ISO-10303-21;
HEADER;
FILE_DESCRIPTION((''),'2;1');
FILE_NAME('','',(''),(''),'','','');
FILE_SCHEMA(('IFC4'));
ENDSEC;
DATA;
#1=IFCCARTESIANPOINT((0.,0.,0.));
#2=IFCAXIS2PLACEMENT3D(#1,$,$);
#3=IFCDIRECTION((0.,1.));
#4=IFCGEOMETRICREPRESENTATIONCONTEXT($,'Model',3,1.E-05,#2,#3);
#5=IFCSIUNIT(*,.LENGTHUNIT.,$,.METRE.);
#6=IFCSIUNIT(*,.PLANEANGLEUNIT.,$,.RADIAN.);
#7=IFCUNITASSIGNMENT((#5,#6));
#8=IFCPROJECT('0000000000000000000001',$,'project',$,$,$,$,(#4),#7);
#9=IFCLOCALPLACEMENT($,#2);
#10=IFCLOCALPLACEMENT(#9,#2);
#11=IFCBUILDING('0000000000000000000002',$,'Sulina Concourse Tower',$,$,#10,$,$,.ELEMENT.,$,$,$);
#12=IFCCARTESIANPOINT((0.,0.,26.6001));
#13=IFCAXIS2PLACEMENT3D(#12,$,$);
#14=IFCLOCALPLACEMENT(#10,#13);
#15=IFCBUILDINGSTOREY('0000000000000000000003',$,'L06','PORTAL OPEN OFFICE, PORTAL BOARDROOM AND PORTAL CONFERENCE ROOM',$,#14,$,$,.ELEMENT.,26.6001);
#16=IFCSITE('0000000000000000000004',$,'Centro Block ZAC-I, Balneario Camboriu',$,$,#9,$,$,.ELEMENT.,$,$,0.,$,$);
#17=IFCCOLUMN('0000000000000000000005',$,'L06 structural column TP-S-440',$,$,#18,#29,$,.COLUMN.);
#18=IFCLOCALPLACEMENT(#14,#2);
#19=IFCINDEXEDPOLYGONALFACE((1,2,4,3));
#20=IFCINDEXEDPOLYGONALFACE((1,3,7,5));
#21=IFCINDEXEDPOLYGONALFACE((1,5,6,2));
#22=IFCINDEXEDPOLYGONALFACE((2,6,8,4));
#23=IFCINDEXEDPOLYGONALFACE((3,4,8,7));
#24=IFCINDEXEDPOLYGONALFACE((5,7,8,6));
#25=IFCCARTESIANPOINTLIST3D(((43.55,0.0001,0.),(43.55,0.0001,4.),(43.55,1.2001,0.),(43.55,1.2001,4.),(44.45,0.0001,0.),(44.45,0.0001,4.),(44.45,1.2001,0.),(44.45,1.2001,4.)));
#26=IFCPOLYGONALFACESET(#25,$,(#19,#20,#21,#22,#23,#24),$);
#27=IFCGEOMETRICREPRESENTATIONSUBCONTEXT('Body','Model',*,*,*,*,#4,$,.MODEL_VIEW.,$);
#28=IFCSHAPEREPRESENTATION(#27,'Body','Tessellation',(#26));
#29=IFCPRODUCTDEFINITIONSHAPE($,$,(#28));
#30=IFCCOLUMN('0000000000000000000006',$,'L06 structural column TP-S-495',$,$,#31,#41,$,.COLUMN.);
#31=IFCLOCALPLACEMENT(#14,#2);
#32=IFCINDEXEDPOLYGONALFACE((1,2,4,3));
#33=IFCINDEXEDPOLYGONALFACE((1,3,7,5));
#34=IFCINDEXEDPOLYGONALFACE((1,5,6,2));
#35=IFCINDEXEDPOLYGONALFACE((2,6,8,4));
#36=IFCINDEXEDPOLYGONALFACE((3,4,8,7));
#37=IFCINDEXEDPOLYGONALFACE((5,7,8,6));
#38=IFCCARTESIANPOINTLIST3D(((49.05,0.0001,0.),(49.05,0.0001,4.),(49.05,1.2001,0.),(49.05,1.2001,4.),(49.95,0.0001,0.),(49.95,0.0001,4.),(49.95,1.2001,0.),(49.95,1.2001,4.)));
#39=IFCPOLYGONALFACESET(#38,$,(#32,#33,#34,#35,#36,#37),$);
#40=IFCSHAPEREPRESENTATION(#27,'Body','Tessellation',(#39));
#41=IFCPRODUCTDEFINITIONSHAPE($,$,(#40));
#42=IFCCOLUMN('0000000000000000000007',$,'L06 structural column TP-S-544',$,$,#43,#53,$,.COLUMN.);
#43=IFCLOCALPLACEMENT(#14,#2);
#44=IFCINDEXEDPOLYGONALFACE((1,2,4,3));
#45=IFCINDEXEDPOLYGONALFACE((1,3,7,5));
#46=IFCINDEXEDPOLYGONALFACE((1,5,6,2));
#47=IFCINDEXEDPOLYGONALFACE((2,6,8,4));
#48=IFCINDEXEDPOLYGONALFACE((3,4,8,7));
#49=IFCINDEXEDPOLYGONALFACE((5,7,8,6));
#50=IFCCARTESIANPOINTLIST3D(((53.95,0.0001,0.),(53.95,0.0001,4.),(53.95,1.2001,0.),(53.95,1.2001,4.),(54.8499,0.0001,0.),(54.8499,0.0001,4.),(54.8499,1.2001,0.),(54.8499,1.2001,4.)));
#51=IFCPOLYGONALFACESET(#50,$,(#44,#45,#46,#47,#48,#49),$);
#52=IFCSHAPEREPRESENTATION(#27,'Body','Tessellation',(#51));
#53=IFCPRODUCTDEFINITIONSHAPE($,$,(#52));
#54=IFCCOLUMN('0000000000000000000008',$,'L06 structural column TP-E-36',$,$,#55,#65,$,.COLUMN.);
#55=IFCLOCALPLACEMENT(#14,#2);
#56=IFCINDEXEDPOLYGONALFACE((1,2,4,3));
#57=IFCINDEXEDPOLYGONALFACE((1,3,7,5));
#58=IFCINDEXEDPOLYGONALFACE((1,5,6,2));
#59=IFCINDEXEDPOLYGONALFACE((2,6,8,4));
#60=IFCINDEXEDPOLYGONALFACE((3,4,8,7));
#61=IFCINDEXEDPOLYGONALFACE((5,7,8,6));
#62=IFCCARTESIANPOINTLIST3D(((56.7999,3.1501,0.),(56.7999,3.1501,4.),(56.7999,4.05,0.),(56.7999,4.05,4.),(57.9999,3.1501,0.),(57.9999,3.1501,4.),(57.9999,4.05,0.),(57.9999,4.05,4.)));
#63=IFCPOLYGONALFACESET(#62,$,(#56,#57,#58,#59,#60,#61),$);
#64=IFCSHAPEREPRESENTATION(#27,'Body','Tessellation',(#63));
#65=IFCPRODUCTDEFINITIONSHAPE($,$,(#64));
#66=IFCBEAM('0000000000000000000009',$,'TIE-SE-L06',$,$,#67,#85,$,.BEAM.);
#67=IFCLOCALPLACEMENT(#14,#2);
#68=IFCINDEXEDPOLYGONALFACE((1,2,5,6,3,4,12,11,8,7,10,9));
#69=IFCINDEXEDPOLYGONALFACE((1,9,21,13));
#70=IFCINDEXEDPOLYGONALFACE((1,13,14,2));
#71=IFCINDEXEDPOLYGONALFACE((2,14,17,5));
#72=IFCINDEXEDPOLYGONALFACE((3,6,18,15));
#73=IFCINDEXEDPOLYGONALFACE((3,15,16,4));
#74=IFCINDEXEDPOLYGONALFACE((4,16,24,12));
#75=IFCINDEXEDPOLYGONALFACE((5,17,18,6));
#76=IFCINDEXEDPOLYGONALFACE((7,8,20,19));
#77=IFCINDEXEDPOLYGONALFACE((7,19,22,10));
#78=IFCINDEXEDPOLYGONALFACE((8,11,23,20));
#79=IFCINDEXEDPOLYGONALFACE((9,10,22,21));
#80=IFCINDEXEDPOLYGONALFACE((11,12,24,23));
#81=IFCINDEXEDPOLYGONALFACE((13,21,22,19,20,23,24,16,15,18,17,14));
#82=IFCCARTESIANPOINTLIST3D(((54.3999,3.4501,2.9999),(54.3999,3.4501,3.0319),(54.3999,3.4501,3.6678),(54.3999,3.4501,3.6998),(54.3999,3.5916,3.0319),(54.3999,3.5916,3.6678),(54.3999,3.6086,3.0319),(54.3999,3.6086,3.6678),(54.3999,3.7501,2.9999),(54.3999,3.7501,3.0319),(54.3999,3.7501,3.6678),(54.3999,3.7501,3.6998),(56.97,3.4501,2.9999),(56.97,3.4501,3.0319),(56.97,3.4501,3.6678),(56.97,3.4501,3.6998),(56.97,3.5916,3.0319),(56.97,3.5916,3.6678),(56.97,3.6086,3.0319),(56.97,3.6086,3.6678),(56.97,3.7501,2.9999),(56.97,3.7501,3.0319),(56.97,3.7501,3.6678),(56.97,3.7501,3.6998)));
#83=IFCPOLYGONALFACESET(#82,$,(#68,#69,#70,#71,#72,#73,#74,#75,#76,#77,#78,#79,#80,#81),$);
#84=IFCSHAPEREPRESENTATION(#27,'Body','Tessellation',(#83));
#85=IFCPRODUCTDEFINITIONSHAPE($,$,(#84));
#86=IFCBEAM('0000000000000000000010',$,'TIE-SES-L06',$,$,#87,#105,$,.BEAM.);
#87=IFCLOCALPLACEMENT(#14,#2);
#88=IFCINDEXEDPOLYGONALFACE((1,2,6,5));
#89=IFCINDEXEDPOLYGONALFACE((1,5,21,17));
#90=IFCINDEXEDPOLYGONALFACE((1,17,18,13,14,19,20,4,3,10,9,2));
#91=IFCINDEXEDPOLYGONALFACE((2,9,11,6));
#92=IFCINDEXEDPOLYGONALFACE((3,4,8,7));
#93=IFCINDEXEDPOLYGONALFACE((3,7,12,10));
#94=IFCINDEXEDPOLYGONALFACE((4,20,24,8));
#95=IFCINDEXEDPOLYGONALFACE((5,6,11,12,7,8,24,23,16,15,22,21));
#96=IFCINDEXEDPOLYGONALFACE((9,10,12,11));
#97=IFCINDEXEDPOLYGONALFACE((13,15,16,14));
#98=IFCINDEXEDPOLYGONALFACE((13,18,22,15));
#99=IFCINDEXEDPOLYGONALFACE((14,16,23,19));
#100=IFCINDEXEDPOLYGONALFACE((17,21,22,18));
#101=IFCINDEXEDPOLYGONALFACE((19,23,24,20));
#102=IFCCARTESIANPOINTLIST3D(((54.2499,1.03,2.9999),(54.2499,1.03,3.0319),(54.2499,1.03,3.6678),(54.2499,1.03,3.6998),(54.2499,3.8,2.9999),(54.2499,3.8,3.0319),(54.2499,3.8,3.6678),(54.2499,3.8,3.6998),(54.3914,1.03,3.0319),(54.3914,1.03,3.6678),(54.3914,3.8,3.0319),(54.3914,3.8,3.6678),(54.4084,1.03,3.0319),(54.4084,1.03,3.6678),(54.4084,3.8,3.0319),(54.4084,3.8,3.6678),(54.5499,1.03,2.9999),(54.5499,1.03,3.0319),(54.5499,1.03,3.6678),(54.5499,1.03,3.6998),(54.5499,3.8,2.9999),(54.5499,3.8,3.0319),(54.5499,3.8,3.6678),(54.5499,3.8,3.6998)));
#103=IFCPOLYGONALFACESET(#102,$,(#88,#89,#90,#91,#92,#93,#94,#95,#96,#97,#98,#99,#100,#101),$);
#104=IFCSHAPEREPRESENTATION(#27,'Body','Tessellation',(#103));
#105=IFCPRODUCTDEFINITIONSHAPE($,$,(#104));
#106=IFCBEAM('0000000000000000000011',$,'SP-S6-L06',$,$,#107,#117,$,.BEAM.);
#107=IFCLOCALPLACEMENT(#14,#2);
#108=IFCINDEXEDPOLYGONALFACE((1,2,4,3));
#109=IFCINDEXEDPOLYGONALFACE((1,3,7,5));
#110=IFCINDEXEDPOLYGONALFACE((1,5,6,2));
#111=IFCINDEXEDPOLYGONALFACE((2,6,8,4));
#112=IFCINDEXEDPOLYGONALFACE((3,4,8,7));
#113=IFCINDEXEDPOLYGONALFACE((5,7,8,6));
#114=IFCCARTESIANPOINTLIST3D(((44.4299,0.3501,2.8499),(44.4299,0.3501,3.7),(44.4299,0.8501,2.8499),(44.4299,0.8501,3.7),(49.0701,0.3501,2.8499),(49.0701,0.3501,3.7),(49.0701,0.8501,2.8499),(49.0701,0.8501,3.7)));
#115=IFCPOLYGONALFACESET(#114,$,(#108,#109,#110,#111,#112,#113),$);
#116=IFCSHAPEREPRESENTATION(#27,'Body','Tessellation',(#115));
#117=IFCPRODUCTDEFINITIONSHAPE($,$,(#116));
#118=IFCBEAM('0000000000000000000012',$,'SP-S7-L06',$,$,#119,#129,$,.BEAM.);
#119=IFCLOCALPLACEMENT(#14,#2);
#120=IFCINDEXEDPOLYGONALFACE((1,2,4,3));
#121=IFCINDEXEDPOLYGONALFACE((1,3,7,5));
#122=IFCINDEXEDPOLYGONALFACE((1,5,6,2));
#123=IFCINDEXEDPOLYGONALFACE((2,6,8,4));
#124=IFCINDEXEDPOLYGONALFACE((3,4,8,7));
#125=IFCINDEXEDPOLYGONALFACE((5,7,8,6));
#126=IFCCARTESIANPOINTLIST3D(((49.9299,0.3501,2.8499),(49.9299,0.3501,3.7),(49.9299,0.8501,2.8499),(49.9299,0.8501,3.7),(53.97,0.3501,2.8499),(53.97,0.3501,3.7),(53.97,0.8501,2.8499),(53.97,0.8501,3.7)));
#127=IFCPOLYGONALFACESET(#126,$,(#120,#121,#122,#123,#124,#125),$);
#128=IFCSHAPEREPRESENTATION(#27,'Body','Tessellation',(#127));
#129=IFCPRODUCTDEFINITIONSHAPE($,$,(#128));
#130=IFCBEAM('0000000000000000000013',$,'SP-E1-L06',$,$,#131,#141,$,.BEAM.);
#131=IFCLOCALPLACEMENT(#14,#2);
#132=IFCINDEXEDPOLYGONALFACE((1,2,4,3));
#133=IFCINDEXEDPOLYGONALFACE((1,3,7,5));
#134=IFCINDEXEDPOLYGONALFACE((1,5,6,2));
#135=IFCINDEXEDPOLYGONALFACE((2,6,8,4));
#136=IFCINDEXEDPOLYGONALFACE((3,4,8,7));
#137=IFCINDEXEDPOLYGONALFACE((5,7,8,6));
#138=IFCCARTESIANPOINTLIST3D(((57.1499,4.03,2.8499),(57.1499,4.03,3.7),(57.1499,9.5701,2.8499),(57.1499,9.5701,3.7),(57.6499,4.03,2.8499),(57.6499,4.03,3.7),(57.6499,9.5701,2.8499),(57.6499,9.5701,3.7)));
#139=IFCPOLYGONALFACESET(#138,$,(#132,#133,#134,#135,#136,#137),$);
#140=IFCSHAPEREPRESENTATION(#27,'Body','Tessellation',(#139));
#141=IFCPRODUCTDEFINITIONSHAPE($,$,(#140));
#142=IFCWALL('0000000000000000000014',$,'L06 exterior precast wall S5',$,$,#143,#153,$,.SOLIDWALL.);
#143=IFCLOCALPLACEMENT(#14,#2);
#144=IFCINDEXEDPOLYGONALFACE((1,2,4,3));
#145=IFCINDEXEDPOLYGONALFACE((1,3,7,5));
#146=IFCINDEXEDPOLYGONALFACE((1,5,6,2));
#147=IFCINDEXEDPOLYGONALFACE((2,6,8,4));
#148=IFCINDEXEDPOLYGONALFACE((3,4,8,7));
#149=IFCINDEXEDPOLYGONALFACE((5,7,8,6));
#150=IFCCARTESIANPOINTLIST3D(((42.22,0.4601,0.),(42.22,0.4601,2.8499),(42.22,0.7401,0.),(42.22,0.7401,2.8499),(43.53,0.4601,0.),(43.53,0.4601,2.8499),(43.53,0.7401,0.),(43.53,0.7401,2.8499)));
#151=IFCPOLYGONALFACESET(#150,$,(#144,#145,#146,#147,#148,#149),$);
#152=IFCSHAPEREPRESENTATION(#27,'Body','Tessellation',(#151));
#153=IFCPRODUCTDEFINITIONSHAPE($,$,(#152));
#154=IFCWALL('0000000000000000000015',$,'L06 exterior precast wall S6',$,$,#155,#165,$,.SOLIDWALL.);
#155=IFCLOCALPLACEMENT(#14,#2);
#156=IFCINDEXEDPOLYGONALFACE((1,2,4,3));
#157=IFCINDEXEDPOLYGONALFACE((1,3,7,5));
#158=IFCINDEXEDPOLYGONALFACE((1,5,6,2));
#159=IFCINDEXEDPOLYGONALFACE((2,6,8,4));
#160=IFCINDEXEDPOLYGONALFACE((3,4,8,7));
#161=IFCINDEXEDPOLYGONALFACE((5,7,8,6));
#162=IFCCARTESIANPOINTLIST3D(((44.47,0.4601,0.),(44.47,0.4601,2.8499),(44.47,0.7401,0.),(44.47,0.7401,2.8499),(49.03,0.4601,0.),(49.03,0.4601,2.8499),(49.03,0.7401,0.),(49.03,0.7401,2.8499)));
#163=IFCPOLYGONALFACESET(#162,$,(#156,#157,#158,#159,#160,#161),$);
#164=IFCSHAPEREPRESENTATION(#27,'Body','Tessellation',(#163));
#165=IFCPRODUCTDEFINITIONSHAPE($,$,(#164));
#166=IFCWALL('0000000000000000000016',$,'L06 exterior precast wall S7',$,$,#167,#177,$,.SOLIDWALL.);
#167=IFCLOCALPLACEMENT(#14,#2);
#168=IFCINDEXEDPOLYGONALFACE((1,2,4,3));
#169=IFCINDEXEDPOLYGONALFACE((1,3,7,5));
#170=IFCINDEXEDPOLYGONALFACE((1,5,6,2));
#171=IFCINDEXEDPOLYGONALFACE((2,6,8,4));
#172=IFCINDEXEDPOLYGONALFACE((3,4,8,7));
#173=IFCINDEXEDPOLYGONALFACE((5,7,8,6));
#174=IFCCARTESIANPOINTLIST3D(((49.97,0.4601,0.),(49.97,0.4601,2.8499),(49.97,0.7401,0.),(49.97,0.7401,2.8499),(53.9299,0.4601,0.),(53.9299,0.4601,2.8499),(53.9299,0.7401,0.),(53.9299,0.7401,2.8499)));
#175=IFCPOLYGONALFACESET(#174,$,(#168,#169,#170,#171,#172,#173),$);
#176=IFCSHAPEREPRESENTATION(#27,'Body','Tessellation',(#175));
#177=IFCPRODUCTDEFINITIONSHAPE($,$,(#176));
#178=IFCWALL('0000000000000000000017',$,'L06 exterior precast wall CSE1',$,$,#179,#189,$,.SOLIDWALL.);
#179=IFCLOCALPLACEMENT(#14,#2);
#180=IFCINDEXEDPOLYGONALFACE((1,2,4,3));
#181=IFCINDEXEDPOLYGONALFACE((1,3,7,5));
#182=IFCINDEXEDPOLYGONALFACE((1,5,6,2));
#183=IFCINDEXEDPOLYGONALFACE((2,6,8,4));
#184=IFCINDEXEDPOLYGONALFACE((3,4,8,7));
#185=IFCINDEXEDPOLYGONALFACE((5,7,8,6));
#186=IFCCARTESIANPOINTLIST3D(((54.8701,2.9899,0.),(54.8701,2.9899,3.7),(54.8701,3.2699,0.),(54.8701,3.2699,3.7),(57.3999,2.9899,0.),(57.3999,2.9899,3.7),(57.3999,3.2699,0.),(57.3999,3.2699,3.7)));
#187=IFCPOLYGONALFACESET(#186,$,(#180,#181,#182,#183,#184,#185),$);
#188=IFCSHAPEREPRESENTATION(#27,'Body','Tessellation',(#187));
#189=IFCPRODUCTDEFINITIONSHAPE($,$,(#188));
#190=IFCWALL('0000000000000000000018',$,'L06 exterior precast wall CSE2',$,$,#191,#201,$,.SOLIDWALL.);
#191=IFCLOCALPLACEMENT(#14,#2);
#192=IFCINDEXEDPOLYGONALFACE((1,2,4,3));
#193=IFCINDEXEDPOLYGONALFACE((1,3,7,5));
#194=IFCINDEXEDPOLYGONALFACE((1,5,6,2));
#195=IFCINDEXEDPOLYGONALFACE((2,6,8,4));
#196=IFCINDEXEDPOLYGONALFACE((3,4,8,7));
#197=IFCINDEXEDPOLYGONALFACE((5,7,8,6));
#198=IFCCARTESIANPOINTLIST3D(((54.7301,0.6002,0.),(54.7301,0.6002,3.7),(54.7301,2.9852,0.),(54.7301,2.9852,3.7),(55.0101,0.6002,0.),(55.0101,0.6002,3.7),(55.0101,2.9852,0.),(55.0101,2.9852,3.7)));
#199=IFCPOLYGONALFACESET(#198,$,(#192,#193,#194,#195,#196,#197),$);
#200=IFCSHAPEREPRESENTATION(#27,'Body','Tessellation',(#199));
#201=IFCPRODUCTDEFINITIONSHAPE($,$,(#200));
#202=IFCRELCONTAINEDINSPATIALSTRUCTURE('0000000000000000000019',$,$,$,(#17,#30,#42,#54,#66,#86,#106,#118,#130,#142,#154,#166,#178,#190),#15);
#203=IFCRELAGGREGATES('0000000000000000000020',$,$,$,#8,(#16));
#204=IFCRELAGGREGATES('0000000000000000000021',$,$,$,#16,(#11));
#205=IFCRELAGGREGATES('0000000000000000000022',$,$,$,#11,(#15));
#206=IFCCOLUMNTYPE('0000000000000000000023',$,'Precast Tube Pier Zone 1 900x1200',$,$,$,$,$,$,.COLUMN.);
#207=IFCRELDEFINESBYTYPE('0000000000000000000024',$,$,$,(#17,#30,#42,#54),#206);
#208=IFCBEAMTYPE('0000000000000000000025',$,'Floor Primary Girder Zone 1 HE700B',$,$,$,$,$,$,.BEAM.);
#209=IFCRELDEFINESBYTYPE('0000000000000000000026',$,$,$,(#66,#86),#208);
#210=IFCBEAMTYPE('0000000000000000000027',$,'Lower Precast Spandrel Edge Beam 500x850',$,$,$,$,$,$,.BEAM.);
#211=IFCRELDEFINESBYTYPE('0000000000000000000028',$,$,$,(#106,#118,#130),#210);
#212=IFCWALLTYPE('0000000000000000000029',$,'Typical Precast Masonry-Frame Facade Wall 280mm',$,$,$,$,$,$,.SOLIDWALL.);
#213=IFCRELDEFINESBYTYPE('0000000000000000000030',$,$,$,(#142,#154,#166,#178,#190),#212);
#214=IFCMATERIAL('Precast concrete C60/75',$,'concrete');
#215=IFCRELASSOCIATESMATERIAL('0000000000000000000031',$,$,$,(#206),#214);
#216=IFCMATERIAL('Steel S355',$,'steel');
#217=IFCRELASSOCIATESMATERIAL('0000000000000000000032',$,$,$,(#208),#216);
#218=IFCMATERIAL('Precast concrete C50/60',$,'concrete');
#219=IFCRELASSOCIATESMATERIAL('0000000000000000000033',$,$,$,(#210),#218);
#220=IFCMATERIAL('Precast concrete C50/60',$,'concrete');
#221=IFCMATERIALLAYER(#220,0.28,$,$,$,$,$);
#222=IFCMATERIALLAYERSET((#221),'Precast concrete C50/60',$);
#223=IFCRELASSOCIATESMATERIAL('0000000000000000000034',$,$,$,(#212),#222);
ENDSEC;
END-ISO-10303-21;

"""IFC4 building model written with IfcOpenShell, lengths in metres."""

from ifc_helpers import new_model, si_unit, direction, frame, frame_2d, origin, origin_2d, place, context, subcontext, project, spatial, rectangle, i_section, extrude, material, layer, layer_set, material_profile, profile_set, type_object, element, save


model = new_model("IFC4")

# Units and contexts
model_context = context("Model", 3, precision=1e-05, world=origin(), true_north=direction((0.0, 1.0)))
body_context = subcontext(model_context, "Body", "Model", "MODEL_VIEW")
ifc_project = project(units=[si_unit("LENGTHUNIT", "METRE"), si_unit("PLANEANGLEUNIT", "RADIAN")], contexts=[model_context])

# Site, building, storey
site_placement = place(None, origin())
site = spatial("IfcSite", under=ifc_project, at=site_placement, Name="Centro Block ZAC-I, Balneario Camboriu", CompositionType="ELEMENT", RefElevation=0.0)
building_placement = place(site_placement, origin())
building = spatial("IfcBuilding", under=site, at=building_placement, Name="Sulina Concourse Tower", CompositionType="ELEMENT")
storey_placement = place(building_placement, frame((0.0, 0.0, 26.6001)))
storey = spatial("IfcBuildingStorey", under=building, at=storey_placement, Name="L06", Description="PORTAL OPEN OFFICE, PORTAL BOARDROOM AND PORTAL CONFERENCE ROOM", CompositionType="ELEMENT", Elevation=26.6001)

# Columns
ifc_material_1 = material(Name="Precast concrete C60/75", Category="concrete")
ifc_material_profile_1 = material_profile(ifc_material_1, rectangle(XDim=0.8999, YDim=1.2, at=origin_2d()), Name="PC 900x1200")
ifc_profile_set_1 = profile_set([ifc_material_profile_1], Name="Precast concrete C60/75")
column_type = type_object("IfcColumnType", Name="Precast Tube Pier Zone 1 900x1200", PredefinedType="COLUMN", material=ifc_profile_set_1)
for number, where, z_axis, x_axis, name in (
    (1, (44.0, 0.6001, 0.0), (0.0, 0.0, 1.0), (1.0, 0.0, 0.0), "L06 structural column TP-S-440"),
    (2, (49.5, 0.6001, 0.0), (0.0, 0.0, 1.0), (1.0, 0.0, 0.0), "L06 structural column TP-S-495"),
    (3, (54.3999, 0.6001, 0.0), (0.0, 0.0, 1.0), (1.0, 0.0, 0.0), "L06 structural column TP-S-544"),
    (4, (57.3999, 3.6001, 0.0), (0.0, 0.0, 1.0), (0.0, 1.0, 0.0), "L06 structural column TP-E-36"),
):
    element("IfcColumn", number, at=place(storey_placement, frame(where, z_axis=z_axis, x_axis=x_axis)), inside=storey, type_object=column_type, Name=name, PredefinedType="COLUMN", context=body_context, shape_type="SweptSolid", body=[
        extrude(rectangle(XDim=0.8999, YDim=1.2, at=origin_2d()), origin(), (0.0, 0.0, 1.0), 4.0),
    ])

# Beams
ifc_material_2 = material(Name="Steel S355", Category="steel")
ifc_material_profile_2 = material_profile(ifc_material_2, i_section(OverallWidth=0.3, OverallDepth=0.7, WebThickness=0.0171, FlangeThickness=0.032, at=origin_2d()), Name="HE 700 B")
ifc_profile_set_2 = profile_set([ifc_material_profile_2], Name="Steel S355")
beam_type_1 = type_object("IfcBeamType", Name="Floor Primary Girder Zone 1 HE700B", PredefinedType="BEAM", material=ifc_profile_set_2)
beam_1_placement = place(storey_placement, frame((54.3999, 3.6001, 3.3499), z_axis=(1.0, 0.0, 0.0), x_axis=(0.0, 1.0, 0.0)))
element("IfcBeam", 5, at=beam_1_placement, inside=storey, type_object=beam_type_1, Name="TIE-SE-L06", PredefinedType="BEAM", context=body_context, shape_type="SweptSolid", body=[
    extrude(i_section(OverallWidth=0.3, OverallDepth=0.7, WebThickness=0.0171, FlangeThickness=0.032, at=origin_2d()), origin(), (0.0, 0.0, 1.0), 2.5701),
])
beam_2_placement = place(storey_placement, frame((54.3999, 1.03, 3.3499), z_axis=(0.0, 1.0, 0.0), x_axis=(-1.0, 0.0, 0.0)))
element("IfcBeam", 6, at=beam_2_placement, inside=storey, type_object=beam_type_1, Name="TIE-SES-L06", PredefinedType="BEAM", context=body_context, shape_type="SweptSolid", body=[
    extrude(i_section(OverallWidth=0.3, OverallDepth=0.7, WebThickness=0.0171, FlangeThickness=0.032, at=origin_2d()), origin(), (0.0, 0.0, 1.0), 2.77),
])
ifc_material_3 = material(Name="Precast concrete C50/60", Category="concrete")
ifc_material_profile_3 = material_profile(ifc_material_3, rectangle(XDim=0.5, YDim=0.8501, at=origin_2d()), Name="RC 500x850")
ifc_profile_set_3 = profile_set([ifc_material_profile_3], Name="Precast concrete C50/60")
beam_type_2 = type_object("IfcBeamType", Name="Lower Precast Spandrel Edge Beam 500x850", PredefinedType="BEAM", material=ifc_profile_set_3)
beam_3_placement = place(storey_placement, frame((44.4299, 0.6001, 3.2749), z_axis=(1.0, 0.0, 0.0), x_axis=(0.0, 1.0, 0.0)))
element("IfcBeam", 7, at=beam_3_placement, inside=storey, type_object=beam_type_2, Name="SP-S6-L06", PredefinedType="BEAM", context=body_context, shape_type="SweptSolid", body=[
    extrude(rectangle(XDim=0.5, YDim=0.8501, at=origin_2d()), origin(), (0.0, 0.0, 1.0), 4.6401),
])
beam_4_placement = place(storey_placement, frame((49.9299, 0.6001, 3.2749), z_axis=(1.0, 0.0, 0.0), x_axis=(0.0, 1.0, 0.0)))
element("IfcBeam", 8, at=beam_4_placement, inside=storey, type_object=beam_type_2, Name="SP-S7-L06", PredefinedType="BEAM", context=body_context, shape_type="SweptSolid", body=[
    extrude(rectangle(XDim=0.5, YDim=0.8501, at=origin_2d()), origin(), (0.0, 0.0, 1.0), 4.04),
])
beam_5_placement = place(storey_placement, frame((57.3999, 4.03, 3.2749), z_axis=(0.0, 1.0, 0.0), x_axis=(-1.0, 0.0, 0.0)))
element("IfcBeam", 9, at=beam_5_placement, inside=storey, type_object=beam_type_2, Name="SP-E1-L06", PredefinedType="BEAM", context=body_context, shape_type="SweptSolid", body=[
    extrude(rectangle(XDim=0.5, YDim=0.8501, at=origin_2d()), origin(), (0.0, 0.0, 1.0), 5.54),
])

# Walls
ifc_material_4 = material(Name="Precast concrete C50/60", Category="concrete")
ifc_layer_1 = layer(ifc_material_4, 0.28)
ifc_layer_set_1 = layer_set([ifc_layer_1], Name="Precast concrete C50/60")
wall_type_1 = type_object("IfcWallType", Name="Typical Precast Masonry-Frame Facade Wall 280mm", PredefinedType="SOLIDWALL", material=ifc_layer_set_1)
wall_1_placement = place(storey_placement, frame((43.53, 0.6001, 0.0), z_axis=(0.0, 0.0, 1.0), x_axis=(-1.0, 0.0, 0.0)))
element("IfcWall", 10, at=wall_1_placement, inside=storey, type_object=wall_type_1, Name="L06 exterior precast wall S5", PredefinedType="SOLIDWALL", context=body_context, shape_type="SweptSolid", body=[
    extrude(rectangle(XDim=1.3101, YDim=0.28, at=frame_2d((0.655, 0.0))), origin(), (0.0, 0.0, 1.0), 2.8499),
])
wall_2_placement = place(storey_placement, frame((49.03, 0.6001, 0.0), z_axis=(0.0, 0.0, 1.0), x_axis=(-1.0, 0.0, 0.0)))
element("IfcWall", 11, at=wall_2_placement, inside=storey, type_object=wall_type_1, Name="L06 exterior precast wall S6", PredefinedType="SOLIDWALL", context=body_context, shape_type="SweptSolid", body=[
    extrude(rectangle(XDim=4.5601, YDim=0.28, at=frame_2d((2.28, 0.0))), origin(), (0.0, 0.0, 1.0), 2.8499),
])
wall_3_placement = place(storey_placement, frame((53.9299, 0.6001, 0.0), z_axis=(0.0, 0.0, 1.0), x_axis=(-1.0, 0.0, 0.0)))
element("IfcWall", 12, at=wall_3_placement, inside=storey, type_object=wall_type_1, Name="L06 exterior precast wall S7", PredefinedType="SOLIDWALL", context=body_context, shape_type="SweptSolid", body=[
    extrude(rectangle(XDim=3.96, YDim=0.28, at=frame_2d((1.98, 0.0))), origin(), (0.0, 0.0, 1.0), 2.8499),
])
wall_4_placement = place(storey_placement, frame((57.3999, 3.1299, 0.0), z_axis=(0.0, 0.0, 1.0), x_axis=(-1.0, 0.0, 0.0)))
element("IfcWall", 13, at=wall_4_placement, inside=storey, type_object=wall_type_1, Name="L06 exterior precast wall CSE1", PredefinedType="SOLIDWALL", context=body_context, shape_type="SweptSolid", body=[
    extrude(rectangle(XDim=2.5298, YDim=0.28, at=frame_2d((1.2649, 0.0))), origin(), (0.0, 0.0, 1.0), 3.7),
])
wall_5_placement = place(storey_placement, frame((54.8701, 2.9851, 0.0), z_axis=(0.0, 0.0, 1.0), x_axis=(0.0, -1.0, 0.0)))
element("IfcWall", 14, at=wall_5_placement, inside=storey, type_object=wall_type_1, Name="L06 exterior precast wall CSE2", PredefinedType="SOLIDWALL", context=body_context, shape_type="SweptSolid", body=[
    extrude(rectangle(XDim=2.385, YDim=0.28, at=frame_2d((1.1924, 0.0))), origin(), (0.0, 0.0, 1.0), 3.7),
])

save(model, "model.ifc")
